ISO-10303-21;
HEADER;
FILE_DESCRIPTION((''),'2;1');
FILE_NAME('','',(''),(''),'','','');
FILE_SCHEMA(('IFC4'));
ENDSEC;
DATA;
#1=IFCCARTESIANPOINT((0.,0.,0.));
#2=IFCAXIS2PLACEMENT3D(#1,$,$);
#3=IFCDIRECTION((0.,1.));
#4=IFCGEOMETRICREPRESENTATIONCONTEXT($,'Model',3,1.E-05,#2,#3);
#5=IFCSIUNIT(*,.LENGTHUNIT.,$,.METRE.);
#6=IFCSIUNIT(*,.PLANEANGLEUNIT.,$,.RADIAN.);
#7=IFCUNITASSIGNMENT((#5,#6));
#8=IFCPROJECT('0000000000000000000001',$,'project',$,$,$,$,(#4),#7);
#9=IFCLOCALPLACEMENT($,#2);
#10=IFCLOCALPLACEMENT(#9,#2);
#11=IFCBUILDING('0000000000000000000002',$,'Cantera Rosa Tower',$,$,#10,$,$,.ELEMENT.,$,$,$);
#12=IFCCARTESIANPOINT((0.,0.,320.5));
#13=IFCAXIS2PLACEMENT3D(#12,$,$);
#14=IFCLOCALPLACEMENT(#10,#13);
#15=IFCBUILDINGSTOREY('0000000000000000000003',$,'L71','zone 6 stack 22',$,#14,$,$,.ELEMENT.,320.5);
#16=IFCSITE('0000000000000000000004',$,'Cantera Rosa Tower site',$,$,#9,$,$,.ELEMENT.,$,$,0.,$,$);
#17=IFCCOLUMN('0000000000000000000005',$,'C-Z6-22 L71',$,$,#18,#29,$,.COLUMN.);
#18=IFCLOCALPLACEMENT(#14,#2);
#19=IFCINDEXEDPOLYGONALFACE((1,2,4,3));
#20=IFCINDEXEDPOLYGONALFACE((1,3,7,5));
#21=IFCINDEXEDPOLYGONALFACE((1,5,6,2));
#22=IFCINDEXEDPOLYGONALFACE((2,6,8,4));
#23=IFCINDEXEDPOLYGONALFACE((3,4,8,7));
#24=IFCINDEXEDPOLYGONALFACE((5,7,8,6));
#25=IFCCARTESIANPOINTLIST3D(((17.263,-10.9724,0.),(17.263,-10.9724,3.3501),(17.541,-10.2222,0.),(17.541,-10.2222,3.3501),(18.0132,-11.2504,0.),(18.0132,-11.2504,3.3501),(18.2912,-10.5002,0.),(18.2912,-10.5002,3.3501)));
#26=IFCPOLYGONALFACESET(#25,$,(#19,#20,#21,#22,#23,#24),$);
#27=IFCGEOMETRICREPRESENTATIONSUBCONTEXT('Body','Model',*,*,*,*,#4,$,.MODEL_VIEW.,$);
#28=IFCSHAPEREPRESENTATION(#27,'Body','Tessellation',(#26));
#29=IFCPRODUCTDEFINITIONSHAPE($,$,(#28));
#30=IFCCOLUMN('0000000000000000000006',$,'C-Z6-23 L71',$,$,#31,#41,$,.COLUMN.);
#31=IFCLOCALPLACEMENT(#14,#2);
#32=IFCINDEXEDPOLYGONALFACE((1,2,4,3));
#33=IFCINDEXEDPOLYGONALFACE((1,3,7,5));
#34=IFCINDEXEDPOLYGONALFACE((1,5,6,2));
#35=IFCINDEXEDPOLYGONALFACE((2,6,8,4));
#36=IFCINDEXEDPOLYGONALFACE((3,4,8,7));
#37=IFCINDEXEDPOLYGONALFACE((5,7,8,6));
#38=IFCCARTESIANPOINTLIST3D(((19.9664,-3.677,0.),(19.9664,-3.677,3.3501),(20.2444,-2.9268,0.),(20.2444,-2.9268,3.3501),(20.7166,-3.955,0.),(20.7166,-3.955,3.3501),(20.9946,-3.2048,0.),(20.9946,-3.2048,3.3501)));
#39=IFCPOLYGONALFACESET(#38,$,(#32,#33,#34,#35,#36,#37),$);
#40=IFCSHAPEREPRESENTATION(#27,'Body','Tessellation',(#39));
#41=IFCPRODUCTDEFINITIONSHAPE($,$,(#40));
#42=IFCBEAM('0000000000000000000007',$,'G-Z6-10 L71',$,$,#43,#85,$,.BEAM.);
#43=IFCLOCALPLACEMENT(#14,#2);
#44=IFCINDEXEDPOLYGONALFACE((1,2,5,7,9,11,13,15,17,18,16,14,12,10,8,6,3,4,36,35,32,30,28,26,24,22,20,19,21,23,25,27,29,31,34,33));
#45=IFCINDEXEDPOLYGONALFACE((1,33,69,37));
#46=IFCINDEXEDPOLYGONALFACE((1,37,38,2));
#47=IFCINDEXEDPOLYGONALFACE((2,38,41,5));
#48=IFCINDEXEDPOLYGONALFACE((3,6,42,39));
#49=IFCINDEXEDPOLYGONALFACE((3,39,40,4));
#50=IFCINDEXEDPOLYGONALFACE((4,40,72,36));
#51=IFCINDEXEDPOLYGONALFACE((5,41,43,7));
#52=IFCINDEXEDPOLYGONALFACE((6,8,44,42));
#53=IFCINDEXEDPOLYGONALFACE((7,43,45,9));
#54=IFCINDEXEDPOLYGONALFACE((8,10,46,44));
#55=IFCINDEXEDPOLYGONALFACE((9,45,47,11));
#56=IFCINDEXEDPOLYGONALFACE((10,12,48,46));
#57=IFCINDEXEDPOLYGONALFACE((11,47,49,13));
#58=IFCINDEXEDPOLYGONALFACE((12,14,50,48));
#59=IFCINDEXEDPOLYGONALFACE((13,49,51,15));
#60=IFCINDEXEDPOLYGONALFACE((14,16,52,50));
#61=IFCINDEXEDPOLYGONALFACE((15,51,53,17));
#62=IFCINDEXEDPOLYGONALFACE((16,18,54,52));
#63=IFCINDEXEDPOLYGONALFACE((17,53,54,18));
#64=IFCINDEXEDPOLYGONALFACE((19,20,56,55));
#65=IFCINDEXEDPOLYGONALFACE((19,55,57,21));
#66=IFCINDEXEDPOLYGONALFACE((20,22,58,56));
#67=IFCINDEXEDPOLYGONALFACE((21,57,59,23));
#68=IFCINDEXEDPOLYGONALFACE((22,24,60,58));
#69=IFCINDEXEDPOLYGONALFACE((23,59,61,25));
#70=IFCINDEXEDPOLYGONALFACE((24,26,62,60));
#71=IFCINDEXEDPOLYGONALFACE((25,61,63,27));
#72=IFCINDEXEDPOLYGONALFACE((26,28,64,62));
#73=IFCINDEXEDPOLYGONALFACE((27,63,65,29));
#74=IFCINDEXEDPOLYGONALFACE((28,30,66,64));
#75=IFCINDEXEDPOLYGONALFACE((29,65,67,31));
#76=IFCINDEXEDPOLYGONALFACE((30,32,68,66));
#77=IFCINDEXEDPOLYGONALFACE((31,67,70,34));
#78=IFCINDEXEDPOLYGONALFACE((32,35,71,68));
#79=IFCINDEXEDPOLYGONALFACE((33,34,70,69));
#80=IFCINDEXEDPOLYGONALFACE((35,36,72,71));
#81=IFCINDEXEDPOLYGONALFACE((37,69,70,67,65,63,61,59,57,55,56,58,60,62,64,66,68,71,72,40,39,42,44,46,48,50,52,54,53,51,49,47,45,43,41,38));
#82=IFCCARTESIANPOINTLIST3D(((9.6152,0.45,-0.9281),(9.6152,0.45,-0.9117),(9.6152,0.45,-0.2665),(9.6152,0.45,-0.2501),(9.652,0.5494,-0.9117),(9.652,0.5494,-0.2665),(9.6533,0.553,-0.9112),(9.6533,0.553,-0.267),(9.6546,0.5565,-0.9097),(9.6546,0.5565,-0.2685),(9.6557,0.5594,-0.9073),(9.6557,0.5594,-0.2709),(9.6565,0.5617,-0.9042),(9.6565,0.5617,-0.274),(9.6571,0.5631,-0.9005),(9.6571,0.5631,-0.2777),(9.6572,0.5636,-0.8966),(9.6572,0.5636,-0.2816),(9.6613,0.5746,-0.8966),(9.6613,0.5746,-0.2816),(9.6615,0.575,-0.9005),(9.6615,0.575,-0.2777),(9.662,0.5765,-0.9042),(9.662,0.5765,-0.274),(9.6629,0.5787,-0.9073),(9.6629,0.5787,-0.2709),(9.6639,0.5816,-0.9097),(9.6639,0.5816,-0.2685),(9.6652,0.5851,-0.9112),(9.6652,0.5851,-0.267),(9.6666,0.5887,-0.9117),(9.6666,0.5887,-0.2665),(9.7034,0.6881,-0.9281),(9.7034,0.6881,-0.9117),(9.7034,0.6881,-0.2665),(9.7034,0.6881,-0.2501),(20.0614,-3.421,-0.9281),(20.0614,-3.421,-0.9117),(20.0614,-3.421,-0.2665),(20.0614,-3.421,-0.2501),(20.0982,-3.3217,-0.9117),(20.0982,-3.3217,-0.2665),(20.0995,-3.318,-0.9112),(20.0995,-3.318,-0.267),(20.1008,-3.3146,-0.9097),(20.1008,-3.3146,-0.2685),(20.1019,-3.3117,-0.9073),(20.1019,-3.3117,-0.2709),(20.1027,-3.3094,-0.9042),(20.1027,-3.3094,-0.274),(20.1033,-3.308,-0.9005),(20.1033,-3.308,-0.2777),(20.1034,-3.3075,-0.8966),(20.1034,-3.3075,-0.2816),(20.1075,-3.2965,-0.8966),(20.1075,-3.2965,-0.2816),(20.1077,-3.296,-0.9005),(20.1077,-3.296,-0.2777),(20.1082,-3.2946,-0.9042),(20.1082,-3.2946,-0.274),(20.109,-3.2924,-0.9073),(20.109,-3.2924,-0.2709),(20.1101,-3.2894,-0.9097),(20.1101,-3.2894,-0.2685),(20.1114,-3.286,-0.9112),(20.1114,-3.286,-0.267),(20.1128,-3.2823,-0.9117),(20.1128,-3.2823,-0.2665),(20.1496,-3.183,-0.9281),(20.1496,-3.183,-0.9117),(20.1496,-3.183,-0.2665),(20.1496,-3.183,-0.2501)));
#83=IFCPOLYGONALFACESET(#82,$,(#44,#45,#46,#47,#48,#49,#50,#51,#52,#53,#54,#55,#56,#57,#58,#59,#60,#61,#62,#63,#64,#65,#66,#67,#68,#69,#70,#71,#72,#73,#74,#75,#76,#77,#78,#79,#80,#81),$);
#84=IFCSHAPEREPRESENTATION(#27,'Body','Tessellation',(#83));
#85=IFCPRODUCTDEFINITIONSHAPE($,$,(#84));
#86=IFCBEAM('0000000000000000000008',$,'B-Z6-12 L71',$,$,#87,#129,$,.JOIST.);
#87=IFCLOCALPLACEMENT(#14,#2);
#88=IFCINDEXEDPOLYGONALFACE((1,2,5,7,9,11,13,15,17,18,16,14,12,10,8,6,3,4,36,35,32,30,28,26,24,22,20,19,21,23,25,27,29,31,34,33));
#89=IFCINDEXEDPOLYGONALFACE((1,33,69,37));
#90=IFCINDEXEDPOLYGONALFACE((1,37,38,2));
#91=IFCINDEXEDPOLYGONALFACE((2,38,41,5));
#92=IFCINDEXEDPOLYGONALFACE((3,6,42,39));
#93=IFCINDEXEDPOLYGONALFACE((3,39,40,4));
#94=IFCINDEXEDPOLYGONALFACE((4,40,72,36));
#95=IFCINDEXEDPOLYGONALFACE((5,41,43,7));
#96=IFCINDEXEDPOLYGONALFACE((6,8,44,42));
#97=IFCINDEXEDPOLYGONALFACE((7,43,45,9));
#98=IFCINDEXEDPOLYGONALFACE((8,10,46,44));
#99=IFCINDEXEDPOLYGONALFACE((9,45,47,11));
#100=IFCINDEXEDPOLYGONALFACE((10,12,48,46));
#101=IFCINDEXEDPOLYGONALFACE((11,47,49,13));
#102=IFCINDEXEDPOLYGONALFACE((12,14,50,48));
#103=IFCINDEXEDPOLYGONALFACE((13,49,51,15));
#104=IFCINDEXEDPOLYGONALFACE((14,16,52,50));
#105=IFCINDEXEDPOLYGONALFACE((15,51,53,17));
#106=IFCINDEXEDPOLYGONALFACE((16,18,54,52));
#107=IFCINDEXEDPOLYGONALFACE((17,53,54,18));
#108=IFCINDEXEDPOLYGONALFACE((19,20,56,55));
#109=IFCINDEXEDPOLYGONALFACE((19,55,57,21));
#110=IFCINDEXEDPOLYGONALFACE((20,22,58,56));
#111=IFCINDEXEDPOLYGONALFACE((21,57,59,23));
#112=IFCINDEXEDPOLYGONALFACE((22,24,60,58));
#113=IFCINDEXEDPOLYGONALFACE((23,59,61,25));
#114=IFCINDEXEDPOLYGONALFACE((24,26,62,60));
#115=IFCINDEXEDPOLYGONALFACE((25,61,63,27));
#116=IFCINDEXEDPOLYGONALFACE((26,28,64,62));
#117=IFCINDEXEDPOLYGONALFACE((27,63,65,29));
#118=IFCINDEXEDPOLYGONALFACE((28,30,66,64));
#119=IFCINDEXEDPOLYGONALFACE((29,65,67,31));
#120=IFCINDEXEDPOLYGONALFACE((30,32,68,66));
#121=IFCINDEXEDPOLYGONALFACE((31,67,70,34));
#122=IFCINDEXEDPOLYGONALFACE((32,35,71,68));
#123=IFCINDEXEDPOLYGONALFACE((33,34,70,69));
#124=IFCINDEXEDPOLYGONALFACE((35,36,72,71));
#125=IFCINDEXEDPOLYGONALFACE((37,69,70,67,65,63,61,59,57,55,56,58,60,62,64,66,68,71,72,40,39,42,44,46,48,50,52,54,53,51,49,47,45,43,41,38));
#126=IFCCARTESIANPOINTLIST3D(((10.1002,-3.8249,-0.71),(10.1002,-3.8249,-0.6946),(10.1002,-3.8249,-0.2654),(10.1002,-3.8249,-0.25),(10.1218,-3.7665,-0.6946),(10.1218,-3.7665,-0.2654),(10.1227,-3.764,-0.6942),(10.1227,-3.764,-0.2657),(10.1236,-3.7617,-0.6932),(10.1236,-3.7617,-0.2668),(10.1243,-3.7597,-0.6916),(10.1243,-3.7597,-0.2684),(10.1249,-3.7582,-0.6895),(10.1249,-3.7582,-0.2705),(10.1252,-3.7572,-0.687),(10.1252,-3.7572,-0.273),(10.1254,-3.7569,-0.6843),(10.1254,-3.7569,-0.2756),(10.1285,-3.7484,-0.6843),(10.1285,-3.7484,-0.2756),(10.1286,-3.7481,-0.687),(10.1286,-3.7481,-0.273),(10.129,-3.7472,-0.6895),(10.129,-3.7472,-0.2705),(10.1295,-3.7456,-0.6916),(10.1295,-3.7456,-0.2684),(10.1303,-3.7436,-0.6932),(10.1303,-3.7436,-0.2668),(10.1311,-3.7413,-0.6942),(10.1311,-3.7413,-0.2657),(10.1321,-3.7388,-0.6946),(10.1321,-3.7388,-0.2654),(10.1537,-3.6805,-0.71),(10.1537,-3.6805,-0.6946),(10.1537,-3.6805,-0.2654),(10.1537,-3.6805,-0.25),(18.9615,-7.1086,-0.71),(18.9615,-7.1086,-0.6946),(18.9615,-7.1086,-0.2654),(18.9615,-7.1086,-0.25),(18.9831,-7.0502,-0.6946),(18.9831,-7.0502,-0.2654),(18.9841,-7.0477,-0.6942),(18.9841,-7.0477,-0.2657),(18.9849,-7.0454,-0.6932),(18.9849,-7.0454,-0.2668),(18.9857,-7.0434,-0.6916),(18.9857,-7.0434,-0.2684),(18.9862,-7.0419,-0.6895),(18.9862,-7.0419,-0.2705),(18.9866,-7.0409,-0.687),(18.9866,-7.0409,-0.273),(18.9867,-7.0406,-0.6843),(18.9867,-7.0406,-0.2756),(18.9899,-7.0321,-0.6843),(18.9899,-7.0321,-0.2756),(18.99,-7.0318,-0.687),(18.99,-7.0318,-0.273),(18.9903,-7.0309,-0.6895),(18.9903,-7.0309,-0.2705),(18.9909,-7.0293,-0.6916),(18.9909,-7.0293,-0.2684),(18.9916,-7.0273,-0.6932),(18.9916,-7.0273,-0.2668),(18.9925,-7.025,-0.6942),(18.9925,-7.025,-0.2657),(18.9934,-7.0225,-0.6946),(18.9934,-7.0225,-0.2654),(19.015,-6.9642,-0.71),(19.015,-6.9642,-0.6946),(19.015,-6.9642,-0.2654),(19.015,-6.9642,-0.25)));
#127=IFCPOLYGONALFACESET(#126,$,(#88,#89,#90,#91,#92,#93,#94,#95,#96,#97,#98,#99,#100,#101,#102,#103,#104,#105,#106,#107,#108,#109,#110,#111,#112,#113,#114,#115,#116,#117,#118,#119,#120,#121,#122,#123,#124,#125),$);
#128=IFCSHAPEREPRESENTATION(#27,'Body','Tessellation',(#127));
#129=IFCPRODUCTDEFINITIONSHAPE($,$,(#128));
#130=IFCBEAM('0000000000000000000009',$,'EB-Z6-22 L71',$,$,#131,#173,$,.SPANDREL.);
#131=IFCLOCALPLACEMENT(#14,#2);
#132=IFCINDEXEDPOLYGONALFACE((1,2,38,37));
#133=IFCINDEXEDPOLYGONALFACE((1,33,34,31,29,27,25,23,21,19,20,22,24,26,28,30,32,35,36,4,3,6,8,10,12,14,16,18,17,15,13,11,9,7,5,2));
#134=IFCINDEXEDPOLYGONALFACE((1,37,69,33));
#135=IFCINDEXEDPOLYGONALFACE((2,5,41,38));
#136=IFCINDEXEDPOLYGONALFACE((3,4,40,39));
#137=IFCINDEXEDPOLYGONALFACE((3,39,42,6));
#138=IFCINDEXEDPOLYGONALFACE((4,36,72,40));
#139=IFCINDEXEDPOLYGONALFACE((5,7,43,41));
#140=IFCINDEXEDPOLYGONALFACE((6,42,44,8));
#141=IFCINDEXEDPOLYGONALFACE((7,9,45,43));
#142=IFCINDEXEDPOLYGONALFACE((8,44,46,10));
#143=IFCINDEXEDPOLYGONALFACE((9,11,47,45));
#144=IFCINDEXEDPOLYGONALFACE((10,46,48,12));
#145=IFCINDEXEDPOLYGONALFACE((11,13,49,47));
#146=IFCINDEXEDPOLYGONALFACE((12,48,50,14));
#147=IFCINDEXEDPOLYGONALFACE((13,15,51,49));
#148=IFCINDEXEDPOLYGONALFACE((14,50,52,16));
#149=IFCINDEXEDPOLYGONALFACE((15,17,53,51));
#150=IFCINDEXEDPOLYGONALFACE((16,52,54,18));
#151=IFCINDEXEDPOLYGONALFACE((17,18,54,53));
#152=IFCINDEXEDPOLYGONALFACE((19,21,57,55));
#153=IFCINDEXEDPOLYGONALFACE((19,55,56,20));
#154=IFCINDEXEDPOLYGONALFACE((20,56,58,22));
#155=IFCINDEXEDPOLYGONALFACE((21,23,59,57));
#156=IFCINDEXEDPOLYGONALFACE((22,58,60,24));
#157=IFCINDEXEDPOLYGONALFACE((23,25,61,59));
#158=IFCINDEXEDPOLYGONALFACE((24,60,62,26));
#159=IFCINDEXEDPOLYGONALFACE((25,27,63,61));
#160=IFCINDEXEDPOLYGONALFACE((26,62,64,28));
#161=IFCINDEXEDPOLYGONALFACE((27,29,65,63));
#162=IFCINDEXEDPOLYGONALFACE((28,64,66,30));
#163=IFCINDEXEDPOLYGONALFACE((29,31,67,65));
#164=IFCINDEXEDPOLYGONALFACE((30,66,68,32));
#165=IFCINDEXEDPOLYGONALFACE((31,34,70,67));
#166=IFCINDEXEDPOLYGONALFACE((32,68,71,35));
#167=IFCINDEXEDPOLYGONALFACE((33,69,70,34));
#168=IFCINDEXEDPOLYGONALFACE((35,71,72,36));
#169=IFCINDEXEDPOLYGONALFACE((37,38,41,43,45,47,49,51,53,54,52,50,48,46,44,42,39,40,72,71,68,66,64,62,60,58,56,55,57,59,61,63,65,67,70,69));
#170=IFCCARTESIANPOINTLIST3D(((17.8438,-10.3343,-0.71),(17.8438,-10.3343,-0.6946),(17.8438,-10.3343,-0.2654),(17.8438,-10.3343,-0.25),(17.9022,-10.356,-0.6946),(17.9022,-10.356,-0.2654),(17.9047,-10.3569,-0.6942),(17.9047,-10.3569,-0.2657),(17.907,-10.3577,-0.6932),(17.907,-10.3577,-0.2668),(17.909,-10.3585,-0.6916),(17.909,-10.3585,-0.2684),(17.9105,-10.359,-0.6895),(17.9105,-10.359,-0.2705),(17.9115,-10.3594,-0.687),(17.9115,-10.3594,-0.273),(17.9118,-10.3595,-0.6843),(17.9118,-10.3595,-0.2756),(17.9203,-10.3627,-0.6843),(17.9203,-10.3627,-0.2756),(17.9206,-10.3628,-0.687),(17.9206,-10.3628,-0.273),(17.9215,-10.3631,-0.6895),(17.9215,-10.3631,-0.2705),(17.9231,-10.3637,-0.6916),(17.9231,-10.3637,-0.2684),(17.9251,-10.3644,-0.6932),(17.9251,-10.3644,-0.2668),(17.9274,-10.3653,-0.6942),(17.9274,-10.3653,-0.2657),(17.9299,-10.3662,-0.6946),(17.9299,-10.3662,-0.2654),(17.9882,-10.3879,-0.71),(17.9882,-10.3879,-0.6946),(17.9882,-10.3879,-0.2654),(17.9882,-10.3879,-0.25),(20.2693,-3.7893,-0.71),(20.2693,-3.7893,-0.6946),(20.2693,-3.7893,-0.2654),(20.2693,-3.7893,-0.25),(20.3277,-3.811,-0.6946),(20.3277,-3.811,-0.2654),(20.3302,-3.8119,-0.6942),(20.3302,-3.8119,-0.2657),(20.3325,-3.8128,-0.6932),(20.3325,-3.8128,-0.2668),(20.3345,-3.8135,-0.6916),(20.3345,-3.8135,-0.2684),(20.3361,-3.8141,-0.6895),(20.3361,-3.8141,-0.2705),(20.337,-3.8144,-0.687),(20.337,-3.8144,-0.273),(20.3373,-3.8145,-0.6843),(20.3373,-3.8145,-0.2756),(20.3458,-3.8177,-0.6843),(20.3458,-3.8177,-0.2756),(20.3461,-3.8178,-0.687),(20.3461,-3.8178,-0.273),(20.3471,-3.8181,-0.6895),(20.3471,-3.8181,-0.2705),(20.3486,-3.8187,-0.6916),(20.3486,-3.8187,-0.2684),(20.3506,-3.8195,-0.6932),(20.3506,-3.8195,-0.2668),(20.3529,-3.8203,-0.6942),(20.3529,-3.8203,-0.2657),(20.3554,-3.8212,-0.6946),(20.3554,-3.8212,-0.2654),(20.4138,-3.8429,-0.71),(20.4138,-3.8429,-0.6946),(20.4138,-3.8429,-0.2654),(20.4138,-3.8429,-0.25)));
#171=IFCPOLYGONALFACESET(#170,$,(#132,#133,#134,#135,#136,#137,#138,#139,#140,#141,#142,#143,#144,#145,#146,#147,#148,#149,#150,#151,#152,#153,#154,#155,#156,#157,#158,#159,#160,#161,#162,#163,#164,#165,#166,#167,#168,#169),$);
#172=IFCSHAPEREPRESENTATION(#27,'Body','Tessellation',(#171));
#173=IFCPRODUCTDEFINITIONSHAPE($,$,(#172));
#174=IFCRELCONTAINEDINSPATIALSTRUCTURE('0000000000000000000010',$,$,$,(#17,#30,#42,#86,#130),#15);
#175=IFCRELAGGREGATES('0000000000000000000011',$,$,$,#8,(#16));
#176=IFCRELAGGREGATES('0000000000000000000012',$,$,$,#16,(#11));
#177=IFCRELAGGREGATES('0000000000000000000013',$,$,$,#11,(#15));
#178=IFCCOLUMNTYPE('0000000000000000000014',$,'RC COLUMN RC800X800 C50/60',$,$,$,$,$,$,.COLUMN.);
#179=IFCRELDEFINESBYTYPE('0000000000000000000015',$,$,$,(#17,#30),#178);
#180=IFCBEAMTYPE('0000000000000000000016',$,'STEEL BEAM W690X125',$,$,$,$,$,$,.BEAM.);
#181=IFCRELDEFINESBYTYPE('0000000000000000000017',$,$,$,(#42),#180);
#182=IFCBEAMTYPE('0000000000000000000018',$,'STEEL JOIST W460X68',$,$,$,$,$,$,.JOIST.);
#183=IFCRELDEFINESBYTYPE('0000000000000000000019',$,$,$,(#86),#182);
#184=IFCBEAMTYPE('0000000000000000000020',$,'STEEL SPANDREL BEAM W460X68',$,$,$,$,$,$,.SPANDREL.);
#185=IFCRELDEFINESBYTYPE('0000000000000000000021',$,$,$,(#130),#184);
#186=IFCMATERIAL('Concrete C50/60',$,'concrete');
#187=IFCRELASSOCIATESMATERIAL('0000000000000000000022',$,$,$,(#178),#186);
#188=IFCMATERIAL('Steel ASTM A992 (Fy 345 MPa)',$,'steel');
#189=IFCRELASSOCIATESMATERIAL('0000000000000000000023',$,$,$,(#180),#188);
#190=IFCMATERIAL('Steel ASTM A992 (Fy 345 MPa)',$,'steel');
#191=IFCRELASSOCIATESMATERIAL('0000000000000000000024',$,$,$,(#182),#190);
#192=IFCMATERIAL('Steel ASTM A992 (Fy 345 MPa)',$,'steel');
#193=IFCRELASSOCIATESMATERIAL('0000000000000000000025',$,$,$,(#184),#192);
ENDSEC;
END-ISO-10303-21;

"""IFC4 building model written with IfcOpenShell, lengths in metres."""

from ifc_helpers import new_model, si_unit, direction, frame, origin, origin_2d, place, context, subcontext, project, spatial, rectangle, i_section, extrude, material, material_profile, profile_set, type_object, element, save


model = new_model("IFC4")

# Units and contexts
model_context = context("Model", 3, precision=1e-05, world=origin(), true_north=direction((0.0, 1.0)))
body_context = subcontext(model_context, "Body", "Model", "MODEL_VIEW")
ifc_project = project(units=[si_unit("LENGTHUNIT", "METRE"), si_unit("PLANEANGLEUNIT", "RADIAN")], contexts=[model_context])

# Site, building, storey
site_placement = place(None, origin())
site = spatial("IfcSite", under=ifc_project, at=site_placement, Name="Cantera Rosa Tower site", CompositionType="ELEMENT", RefElevation=0.0)
building_placement = place(site_placement, origin())
building = spatial("IfcBuilding", under=site, at=building_placement, Name="Cantera Rosa Tower", CompositionType="ELEMENT")
storey_placement = place(building_placement, frame((0.0, 0.0, 320.5)))
storey = spatial("IfcBuildingStorey", under=building, at=storey_placement, Name="L71", Description="zone 6 stack 22", CompositionType="ELEMENT", Elevation=320.5)

# Columns
ifc_material_1 = material(Name="Concrete C50/60", Category="concrete")
ifc_material_profile_1 = material_profile(ifc_material_1, rectangle(XDim=0.8, YDim=0.8, at=origin_2d()), Name="RC COLUMN RC800X800 C50/60")
ifc_profile_set_1 = profile_set([ifc_material_profile_1], Name="Concrete C50/60")
column_type = type_object("IfcColumnType", Name="RC COLUMN RC800X800 C50/60", PredefinedType="COLUMN", material=ifc_profile_set_1)
for number, where, z_axis, x_axis, name in (
    (1, (17.7771, -10.7363, 0.0), (0.0, 0.0, 1.0), (0.347481, 0.937687, 0.0), "C-Z6-22 L71"),
    (2, (20.4805, -3.4409, 0.0), (0.0, 0.0, 1.0), (0.347481, 0.937687, 0.0), "C-Z6-23 L71"),
):
    element("IfcColumn", number, at=place(storey_placement, frame(where, z_axis=z_axis, x_axis=x_axis)), inside=storey, type_object=column_type, Name=name, PredefinedType="COLUMN", context=body_context, shape_type="SweptSolid", body=[
        extrude(rectangle(XDim=0.8, YDim=0.8, at=origin_2d()), origin(), (0.0, 0.0, 1.0), 3.3501),
    ])

# Beams
ifc_material_2 = material(Name="Steel ASTM A992 (Fy 345 MPa)", Category="steel")
ifc_material_profile_2 = material_profile(ifc_material_2, i_section(OverallWidth=0.2539, OverallDepth=0.678, WebThickness=0.0117, FlangeThickness=0.0164, FilletRadius=0.0151, at=origin_2d()), Name="W690X125")
ifc_profile_set_2 = profile_set([ifc_material_profile_2], Name="Steel ASTM A992 (Fy 345 MPa)")
beam_type_1 = type_object("IfcBeamType", Name="STEEL BEAM W690X125", PredefinedType="BEAM", material=ifc_profile_set_2)
beam_1_placement = place(storey_placement, frame((20.1055, -3.302, -0.5891), z_axis=(-0.937687, 0.34748, 0.0), x_axis=(-0.34748, -0.937687, 0.0)))
element("IfcBeam", 3, at=beam_1_placement, inside=storey, type_object=beam_type_1, Name="G-Z6-10 L71", PredefinedType="BEAM", context=body_context, shape_type="SweptSolid", body=[
    extrude(i_section(OverallWidth=0.2539, OverallDepth=0.678, WebThickness=0.0117, FlangeThickness=0.0164, FilletRadius=0.0151, at=origin_2d()), origin(), (0.0, 0.0, 1.0), 11.1404),
])
ifc_material_3 = material(Name="Steel ASTM A992 (Fy 345 MPa)", Category="steel")
ifc_material_profile_3 = material_profile(ifc_material_3, i_section(OverallWidth=0.1541, OverallDepth=0.46, WebThickness=0.009, FlangeThickness=0.0154, FilletRadius=0.0103, at=origin_2d()), Name="W460X68")
ifc_profile_set_3 = profile_set([ifc_material_profile_3], Name="Steel ASTM A992 (Fy 345 MPa)")
beam_type_2 = type_object("IfcBeamType", Name="STEEL JOIST W460X68", PredefinedType="JOIST", material=ifc_profile_set_3)
beam_2_placement = place(storey_placement, frame((18.9883, -7.0364, -0.48), z_axis=(-0.93769, 0.347474, 0.0), x_axis=(-0.347474, -0.93769, 0.0)))
element("IfcBeam", 4, at=beam_2_placement, inside=storey, type_object=beam_type_2, Name="B-Z6-12 L71", PredefinedType="JOIST", context=body_context, shape_type="SweptSolid", body=[
    extrude(i_section(OverallWidth=0.1541, OverallDepth=0.46, WebThickness=0.009, FlangeThickness=0.0154, FilletRadius=0.0103, at=origin_2d()), origin(), (0.0, 0.0, 1.0), 9.4502),
])
ifc_material_4 = material(Name="Steel ASTM A992 (Fy 345 MPa)", Category="steel")
ifc_material_profile_4 = material_profile(ifc_material_4, i_section(OverallWidth=0.1541, OverallDepth=0.46, WebThickness=0.009, FlangeThickness=0.0154, FilletRadius=0.0103, at=origin_2d()), Name="W460X68")
ifc_profile_set_4 = profile_set([ifc_material_profile_4], Name="Steel ASTM A992 (Fy 345 MPa)")
beam_type_3 = type_object("IfcBeamType", Name="STEEL SPANDREL BEAM W460X68", PredefinedType="SPANDREL", material=ifc_profile_set_4)
beam_3_placement = place(storey_placement, frame((17.916, -10.3611, -0.48), z_axis=(0.347502, 0.937679, 0.0), x_axis=(-0.937679, 0.347502, 0.0)))
element("IfcBeam", 5, at=beam_3_placement, inside=storey, type_object=beam_type_3, Name="EB-Z6-22 L71", PredefinedType="SPANDREL", context=body_context, shape_type="SweptSolid", body=[
    extrude(i_section(OverallWidth=0.1541, OverallDepth=0.46, WebThickness=0.009, FlangeThickness=0.0154, FilletRadius=0.0103, at=origin_2d()), origin(), (0.0, 0.0, 1.0), 6.98),
])

save(model, "model.ifc")
